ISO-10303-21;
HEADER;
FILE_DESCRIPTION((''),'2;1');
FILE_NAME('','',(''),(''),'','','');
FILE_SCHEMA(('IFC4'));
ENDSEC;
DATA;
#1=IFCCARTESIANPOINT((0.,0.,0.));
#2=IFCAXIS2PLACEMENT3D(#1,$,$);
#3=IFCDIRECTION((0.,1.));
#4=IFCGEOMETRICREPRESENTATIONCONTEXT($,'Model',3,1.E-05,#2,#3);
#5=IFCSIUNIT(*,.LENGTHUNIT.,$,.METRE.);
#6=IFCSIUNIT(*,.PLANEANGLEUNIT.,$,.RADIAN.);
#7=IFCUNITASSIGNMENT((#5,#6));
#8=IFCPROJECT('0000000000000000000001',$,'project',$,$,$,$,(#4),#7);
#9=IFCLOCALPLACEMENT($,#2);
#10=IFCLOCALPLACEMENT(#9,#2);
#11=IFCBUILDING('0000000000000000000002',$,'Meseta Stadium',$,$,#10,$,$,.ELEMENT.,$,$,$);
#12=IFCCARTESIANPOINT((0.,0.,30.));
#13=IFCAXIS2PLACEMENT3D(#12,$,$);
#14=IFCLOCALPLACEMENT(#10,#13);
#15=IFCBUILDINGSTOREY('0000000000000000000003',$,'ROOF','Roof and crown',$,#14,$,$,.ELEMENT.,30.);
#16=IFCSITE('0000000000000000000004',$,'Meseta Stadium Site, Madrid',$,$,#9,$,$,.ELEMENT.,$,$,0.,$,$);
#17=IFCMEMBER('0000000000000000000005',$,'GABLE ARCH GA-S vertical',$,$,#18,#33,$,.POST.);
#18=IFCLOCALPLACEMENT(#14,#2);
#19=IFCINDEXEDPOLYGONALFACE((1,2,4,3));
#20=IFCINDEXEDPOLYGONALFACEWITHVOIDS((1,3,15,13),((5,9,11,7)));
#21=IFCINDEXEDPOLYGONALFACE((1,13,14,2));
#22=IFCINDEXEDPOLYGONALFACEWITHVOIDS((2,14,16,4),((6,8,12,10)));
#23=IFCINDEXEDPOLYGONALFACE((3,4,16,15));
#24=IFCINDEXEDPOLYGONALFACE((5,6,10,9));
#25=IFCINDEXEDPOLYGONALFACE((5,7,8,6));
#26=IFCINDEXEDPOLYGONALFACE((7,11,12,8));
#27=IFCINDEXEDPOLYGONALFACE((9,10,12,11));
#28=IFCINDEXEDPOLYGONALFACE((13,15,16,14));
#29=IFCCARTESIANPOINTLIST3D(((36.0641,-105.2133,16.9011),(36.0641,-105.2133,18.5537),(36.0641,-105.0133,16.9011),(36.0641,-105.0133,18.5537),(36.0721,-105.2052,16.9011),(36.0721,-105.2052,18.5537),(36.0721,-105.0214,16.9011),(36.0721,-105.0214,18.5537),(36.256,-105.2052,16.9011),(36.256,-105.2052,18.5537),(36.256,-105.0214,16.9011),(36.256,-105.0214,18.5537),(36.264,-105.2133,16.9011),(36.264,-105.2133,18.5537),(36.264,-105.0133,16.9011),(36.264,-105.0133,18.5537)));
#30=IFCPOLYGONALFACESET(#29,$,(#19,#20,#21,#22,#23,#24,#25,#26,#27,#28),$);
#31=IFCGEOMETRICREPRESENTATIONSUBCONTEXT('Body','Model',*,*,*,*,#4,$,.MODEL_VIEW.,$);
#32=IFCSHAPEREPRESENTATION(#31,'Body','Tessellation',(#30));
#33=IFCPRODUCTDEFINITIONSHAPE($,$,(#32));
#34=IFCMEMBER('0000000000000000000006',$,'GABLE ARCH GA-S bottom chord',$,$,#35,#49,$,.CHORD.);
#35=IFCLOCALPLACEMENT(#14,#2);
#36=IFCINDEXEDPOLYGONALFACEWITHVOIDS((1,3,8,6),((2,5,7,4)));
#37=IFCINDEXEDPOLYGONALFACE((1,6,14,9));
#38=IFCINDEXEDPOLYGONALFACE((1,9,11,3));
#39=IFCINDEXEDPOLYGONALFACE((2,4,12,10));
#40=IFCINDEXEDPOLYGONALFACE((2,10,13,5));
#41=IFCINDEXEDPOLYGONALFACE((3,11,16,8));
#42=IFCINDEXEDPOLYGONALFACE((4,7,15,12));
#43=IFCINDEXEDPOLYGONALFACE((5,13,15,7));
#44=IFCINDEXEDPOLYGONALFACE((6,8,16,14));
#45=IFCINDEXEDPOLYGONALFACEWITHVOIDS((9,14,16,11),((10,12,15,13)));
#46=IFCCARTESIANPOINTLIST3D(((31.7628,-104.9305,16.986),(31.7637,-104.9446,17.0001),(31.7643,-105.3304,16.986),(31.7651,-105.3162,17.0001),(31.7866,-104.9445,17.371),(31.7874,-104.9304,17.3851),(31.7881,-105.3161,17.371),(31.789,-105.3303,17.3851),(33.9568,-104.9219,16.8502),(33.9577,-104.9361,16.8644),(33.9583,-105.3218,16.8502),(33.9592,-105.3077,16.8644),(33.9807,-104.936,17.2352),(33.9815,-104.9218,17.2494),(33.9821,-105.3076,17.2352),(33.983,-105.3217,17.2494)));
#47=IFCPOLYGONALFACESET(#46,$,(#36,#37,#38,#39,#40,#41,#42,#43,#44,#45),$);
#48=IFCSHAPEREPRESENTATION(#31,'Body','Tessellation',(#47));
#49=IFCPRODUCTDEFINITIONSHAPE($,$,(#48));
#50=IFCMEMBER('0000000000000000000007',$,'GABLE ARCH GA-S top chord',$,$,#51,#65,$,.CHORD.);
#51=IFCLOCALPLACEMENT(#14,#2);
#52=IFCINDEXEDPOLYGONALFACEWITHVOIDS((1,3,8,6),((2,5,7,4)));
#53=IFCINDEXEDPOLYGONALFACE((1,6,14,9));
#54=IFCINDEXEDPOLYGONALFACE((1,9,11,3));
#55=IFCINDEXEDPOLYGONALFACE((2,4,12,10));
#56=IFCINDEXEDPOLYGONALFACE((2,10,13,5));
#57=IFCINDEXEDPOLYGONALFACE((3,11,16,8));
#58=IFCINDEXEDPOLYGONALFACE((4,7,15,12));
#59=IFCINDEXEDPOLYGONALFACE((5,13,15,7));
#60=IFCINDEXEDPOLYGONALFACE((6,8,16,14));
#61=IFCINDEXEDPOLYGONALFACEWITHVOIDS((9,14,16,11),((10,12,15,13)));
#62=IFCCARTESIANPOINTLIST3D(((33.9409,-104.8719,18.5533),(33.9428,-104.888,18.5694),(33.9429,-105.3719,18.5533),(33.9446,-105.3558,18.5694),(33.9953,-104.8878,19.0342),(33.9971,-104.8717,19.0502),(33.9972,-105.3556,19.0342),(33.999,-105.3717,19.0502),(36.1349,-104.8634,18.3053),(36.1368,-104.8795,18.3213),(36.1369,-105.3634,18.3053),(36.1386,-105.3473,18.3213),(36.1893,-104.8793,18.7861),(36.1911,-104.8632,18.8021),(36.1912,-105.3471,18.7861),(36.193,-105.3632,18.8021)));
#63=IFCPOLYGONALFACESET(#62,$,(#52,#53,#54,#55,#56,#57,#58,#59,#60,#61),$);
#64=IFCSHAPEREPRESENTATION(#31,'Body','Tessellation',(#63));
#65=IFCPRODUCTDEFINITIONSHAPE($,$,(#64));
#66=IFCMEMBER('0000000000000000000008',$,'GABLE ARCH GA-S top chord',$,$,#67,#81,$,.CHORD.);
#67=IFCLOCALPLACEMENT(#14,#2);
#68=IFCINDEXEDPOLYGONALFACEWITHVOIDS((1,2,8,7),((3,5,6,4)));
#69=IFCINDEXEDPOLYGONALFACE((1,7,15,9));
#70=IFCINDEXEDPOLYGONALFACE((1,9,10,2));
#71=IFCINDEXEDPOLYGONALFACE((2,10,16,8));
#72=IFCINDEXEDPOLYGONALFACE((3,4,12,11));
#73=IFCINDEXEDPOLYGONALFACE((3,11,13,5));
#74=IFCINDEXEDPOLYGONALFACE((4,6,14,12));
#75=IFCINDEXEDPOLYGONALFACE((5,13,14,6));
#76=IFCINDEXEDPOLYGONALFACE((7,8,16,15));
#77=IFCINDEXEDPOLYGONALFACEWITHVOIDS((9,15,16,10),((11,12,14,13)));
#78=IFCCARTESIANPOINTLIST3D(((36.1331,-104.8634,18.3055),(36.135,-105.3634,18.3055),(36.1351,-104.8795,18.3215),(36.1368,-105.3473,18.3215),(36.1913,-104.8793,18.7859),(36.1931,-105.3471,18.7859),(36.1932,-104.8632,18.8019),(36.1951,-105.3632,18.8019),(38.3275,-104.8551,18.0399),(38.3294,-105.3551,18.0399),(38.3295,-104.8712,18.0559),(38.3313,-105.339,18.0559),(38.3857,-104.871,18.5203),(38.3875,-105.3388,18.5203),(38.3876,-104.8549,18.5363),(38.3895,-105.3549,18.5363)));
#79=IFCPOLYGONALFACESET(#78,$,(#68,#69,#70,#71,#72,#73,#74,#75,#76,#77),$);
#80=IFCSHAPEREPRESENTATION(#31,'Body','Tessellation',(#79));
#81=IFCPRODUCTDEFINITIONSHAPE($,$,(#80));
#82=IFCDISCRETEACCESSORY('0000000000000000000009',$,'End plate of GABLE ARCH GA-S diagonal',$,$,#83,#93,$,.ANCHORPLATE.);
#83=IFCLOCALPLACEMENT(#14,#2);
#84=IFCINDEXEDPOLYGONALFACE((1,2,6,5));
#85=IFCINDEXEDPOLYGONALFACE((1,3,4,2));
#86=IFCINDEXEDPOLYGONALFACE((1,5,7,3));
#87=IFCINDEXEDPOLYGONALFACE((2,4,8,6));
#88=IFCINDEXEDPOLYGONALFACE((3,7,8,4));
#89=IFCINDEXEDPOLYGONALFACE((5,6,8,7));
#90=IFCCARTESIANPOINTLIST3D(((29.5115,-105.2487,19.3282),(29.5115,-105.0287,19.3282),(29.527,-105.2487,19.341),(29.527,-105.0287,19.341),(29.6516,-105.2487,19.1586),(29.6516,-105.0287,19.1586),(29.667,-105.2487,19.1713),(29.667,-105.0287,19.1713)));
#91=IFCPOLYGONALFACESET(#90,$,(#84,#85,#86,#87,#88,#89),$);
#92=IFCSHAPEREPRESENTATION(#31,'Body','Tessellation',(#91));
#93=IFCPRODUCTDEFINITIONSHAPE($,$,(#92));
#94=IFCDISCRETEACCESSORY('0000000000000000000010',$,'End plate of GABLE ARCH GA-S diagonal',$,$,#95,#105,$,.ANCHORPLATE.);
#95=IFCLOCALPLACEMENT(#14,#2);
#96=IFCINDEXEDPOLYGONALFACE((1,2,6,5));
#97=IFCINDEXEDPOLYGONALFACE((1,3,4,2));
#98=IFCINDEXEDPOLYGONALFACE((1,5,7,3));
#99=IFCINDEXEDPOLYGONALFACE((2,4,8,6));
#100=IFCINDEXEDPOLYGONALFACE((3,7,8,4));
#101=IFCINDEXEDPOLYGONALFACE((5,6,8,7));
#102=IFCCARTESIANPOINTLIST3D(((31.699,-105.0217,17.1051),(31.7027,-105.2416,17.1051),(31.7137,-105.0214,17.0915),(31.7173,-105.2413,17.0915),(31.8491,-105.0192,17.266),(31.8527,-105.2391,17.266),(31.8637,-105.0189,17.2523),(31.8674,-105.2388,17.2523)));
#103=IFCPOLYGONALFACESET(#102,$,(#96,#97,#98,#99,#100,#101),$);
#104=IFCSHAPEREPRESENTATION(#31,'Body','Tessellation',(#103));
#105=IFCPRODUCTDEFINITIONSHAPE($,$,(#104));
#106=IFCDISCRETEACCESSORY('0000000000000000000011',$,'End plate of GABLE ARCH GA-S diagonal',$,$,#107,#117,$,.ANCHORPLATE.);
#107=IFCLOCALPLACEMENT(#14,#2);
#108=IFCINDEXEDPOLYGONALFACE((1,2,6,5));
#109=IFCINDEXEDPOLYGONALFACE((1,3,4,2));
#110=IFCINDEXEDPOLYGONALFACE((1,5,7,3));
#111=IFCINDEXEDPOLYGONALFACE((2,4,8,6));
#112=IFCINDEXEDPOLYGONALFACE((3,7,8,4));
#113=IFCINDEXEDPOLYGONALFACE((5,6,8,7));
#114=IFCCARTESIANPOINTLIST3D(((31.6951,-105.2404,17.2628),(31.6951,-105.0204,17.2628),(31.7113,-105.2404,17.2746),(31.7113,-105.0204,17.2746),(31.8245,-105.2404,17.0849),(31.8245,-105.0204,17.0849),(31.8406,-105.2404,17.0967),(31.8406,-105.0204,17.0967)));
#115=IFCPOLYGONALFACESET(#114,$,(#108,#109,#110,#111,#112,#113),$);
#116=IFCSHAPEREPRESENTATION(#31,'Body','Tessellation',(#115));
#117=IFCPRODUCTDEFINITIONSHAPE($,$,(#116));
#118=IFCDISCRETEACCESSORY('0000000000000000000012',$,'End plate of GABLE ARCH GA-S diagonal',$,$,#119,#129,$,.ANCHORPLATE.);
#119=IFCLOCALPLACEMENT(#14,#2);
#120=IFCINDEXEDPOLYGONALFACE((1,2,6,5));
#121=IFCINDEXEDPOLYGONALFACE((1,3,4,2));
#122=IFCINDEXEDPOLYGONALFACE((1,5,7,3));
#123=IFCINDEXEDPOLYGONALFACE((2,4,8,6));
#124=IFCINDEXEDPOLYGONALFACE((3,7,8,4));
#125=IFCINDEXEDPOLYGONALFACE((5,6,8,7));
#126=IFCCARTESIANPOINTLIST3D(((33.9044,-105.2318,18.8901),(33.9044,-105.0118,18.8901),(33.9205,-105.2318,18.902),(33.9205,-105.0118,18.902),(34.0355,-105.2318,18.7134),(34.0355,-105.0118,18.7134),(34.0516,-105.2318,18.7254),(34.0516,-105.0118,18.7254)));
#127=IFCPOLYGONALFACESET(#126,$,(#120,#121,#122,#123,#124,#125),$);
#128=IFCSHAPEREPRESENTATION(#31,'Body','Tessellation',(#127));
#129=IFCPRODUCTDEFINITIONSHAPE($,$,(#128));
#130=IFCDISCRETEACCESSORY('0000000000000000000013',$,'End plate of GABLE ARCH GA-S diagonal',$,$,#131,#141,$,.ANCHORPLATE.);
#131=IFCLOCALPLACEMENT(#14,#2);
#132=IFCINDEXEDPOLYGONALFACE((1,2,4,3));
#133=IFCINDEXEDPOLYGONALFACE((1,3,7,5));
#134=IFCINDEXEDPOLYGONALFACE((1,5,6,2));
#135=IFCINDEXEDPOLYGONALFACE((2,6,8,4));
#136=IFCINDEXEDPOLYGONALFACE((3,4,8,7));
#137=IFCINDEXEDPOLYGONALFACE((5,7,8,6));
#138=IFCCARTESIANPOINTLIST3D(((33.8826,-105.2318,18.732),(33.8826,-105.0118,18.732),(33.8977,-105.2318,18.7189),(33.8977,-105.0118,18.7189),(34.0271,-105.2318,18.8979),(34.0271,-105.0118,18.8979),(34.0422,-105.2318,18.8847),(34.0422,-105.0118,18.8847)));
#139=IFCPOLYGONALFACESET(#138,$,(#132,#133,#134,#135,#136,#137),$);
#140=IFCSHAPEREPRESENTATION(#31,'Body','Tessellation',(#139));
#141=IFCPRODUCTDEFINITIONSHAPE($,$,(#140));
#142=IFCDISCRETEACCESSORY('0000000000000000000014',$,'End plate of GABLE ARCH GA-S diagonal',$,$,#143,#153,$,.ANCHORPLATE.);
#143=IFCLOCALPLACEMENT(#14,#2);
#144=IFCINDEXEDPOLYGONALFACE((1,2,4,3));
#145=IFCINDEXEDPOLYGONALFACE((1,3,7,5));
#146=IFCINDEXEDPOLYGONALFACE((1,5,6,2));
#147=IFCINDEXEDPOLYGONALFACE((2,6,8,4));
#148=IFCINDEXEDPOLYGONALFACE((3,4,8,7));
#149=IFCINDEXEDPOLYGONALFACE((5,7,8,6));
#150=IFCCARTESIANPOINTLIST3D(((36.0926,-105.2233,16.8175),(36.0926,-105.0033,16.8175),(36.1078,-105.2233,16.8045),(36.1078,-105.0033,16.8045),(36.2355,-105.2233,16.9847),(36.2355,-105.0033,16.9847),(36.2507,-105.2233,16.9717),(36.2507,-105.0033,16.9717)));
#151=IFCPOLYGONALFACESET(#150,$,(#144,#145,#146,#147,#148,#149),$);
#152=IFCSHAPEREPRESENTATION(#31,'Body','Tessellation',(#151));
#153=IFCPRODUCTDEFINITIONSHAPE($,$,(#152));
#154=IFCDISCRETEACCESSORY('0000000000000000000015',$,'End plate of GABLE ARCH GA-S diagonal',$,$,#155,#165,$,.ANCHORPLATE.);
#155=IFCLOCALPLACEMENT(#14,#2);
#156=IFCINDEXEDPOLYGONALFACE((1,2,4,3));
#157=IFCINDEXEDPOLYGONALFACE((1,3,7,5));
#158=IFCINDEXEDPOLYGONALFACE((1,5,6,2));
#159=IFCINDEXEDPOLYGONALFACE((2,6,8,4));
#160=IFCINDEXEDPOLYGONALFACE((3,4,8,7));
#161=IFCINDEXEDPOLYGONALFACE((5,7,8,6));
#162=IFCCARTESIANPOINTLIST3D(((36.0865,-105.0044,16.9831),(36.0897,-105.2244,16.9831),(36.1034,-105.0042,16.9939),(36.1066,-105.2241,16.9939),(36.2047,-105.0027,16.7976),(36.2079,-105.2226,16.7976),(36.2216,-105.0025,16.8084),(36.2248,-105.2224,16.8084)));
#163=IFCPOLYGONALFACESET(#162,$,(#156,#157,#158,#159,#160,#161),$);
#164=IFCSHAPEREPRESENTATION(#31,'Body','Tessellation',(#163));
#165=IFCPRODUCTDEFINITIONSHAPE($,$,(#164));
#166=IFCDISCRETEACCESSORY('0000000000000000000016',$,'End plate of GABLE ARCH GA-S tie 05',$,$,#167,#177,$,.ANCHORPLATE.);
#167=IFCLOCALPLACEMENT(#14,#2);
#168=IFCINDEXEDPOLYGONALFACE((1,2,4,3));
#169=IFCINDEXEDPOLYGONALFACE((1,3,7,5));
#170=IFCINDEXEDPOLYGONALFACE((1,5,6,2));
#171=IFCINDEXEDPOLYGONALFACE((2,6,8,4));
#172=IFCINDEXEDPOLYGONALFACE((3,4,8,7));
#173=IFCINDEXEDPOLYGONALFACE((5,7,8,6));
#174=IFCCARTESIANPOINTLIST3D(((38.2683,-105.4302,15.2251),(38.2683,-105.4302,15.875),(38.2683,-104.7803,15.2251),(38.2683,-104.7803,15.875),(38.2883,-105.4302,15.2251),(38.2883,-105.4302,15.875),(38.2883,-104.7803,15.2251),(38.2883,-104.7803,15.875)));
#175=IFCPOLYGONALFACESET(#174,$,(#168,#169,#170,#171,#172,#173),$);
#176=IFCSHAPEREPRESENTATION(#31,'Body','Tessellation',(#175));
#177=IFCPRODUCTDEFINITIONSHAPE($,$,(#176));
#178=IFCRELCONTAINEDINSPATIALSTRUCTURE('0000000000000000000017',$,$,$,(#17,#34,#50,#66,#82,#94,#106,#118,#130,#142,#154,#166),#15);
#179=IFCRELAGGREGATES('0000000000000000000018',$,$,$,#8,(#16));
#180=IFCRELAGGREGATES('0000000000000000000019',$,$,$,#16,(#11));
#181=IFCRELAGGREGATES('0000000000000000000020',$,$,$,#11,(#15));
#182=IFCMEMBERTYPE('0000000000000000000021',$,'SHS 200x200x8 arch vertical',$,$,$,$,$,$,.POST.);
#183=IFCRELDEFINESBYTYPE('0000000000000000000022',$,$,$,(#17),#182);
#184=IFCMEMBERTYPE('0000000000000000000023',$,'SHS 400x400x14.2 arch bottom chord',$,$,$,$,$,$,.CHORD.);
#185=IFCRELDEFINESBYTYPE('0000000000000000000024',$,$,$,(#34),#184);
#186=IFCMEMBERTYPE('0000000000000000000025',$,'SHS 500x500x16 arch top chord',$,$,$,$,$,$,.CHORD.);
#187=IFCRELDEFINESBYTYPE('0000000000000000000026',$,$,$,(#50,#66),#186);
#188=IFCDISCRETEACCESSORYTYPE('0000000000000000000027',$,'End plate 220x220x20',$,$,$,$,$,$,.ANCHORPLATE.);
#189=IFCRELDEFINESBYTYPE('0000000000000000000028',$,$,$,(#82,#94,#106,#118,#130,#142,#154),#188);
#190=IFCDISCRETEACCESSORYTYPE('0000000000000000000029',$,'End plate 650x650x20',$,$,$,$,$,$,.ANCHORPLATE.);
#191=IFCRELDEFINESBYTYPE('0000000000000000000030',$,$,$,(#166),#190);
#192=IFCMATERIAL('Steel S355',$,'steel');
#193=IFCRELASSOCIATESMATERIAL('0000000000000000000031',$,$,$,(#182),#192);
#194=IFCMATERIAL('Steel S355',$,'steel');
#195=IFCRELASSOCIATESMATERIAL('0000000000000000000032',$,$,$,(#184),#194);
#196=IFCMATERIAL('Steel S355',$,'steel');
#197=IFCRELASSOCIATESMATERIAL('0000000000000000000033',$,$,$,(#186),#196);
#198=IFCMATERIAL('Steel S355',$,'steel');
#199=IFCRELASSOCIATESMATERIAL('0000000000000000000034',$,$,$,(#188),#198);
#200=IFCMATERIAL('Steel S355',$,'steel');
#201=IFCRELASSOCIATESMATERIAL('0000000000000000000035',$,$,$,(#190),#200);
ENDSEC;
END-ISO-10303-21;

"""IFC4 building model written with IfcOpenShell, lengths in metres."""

from ifc_helpers import new_model, si_unit, direction, frame, origin, origin_2d, place, context, subcontext, project, spatial, rectangle, hollow_rectangle, extrude, material, material_profile, profile_set, type_object, element, save


model = new_model("IFC4")

# Units and contexts
model_context = context("Model", 3, precision=1e-05, world=origin(), true_north=direction((0.0, 1.0)))
body_context = subcontext(model_context, "Body", "Model", "MODEL_VIEW")
ifc_project = project(units=[si_unit("LENGTHUNIT", "METRE"), si_unit("PLANEANGLEUNIT", "RADIAN")], contexts=[model_context])

# Site, building, storey
site_placement = place(None, origin())
site = spatial("IfcSite", under=ifc_project, at=site_placement, Name="Meseta Stadium Site, Madrid", CompositionType="ELEMENT", RefElevation=0.0)
building_placement = place(site_placement, origin())
building = spatial("IfcBuilding", under=site, at=building_placement, Name="Meseta Stadium", CompositionType="ELEMENT")
storey_placement = place(building_placement, frame((0.0, 0.0, 30.0)))
storey = spatial("IfcBuildingStorey", under=building, at=storey_placement, Name="ROOF", Description="Roof and crown", CompositionType="ELEMENT", Elevation=30.0)

# Members
ifc_material_1 = material(Name="Steel S355", Category="steel")
ifc_material_profile_1 = material_profile(ifc_material_1, hollow_rectangle(XDim=0.2, YDim=0.2, WallThickness=0.0081, at=origin_2d()), Name="SHS 200x200x8")
ifc_profile_set_1 = profile_set([ifc_material_profile_1], Name="Steel S355")
member_type_1 = type_object("IfcMemberType", Name="SHS 200x200x8 arch vertical", PredefinedType="POST", material=ifc_profile_set_1)
member_1_placement = place(storey_placement, frame((36.1641, -105.1133, 16.9011), z_axis=(0.0, 0.0, 1.0), x_axis=(1.0, 0.0, 0.0)))
element("IfcMember", 1, at=member_1_placement, inside=storey, type_object=member_type_1, Name="GABLE ARCH GA-S vertical", PredefinedType="POST", context=body_context, shape_type="SweptSolid", body=[
    extrude(hollow_rectangle(XDim=0.2, YDim=0.2, WallThickness=0.0081, at=origin_2d()), origin(), (0.0, 0.0, 1.0), 1.6526),
])
ifc_material_2 = material(Name="Steel S355", Category="steel")
ifc_material_profile_2 = material_profile(ifc_material_2, hollow_rectangle(XDim=0.3999, YDim=0.3999, WallThickness=0.0142, at=origin_2d()), Name="SHS 400x400x14.2")
ifc_profile_set_2 = profile_set([ifc_material_profile_2], Name="Steel S355")
member_type_2 = type_object("IfcMemberType", Name="SHS 400x400x14.2 arch bottom chord", PredefinedType="CHORD", material=ifc_profile_set_2)
member_2_placement = place(storey_placement, frame((31.7759, -105.1304, 17.1855), z_axis=(0.998084, 0.003887, -0.061749), x_axis=(-0.003894, 0.999992, 0.0)))
element("IfcMember", 2, at=member_2_placement, inside=storey, type_object=member_type_2, Name="GABLE ARCH GA-S bottom chord", PredefinedType="CHORD", context=body_context, shape_type="SweptSolid", body=[
    extrude(hollow_rectangle(XDim=0.3999, YDim=0.3999, WallThickness=0.0142, at=origin_2d()), origin(), (0.0, 0.0, 1.0), 2.1982),
])
ifc_material_3 = material(Name="Steel S355", Category="steel")
ifc_material_profile_3 = material_profile(ifc_material_3, hollow_rectangle(XDim=0.5, YDim=0.5, WallThickness=0.0161, at=origin_2d()), Name="SHS 500x500x16")
ifc_profile_set_3 = profile_set([ifc_material_profile_3], Name="Steel S355")
member_type_3 = type_object("IfcMemberType", Name="SHS 500x500x16 arch top chord", PredefinedType="CHORD", material=ifc_profile_set_3)
member_3_placement = place(storey_placement, frame((33.97, -105.1218, 18.8018), z_axis=(0.993663, 0.00387, -0.112336), x_axis=(-0.003894, 0.999992, 0.0)))
element("IfcMember", 3, at=member_3_placement, inside=storey, type_object=member_type_3, Name="GABLE ARCH GA-S top chord", PredefinedType="CHORD", context=body_context, shape_type="SweptSolid", body=[
    extrude(hollow_rectangle(XDim=0.5, YDim=0.5, WallThickness=0.0161, at=origin_2d()), origin(), (0.0, 0.0, 1.0), 2.208),
])
member_4_placement = place(storey_placement, frame((36.1641, -105.1133, 18.5537), z_axis=(0.992746, 0.003755, -0.120172), x_axis=(-0.003783, 0.999993, 0.0)))
element("IfcMember", 4, at=member_4_placement, inside=storey, type_object=member_type_3, Name="GABLE ARCH GA-S top chord", PredefinedType="CHORD", context=body_context, shape_type="SweptSolid", body=[
    extrude(hollow_rectangle(XDim=0.5, YDim=0.5, WallThickness=0.0161, at=origin_2d()), origin(), (0.0, 0.0, 1.0), 2.2104),
])

# Discrete accessories
ifc_material_4 = material(Name="Steel S355", Category="steel")
ifc_material_profile_4 = material_profile(ifc_material_4, rectangle(XDim=0.22, YDim=0.22, at=origin_2d()), Name="PL 220x220")
ifc_profile_set_4 = profile_set([ifc_material_profile_4], Name="Steel S355")
discrete_accessory_type_1 = type_object("IfcDiscreteAccessoryType", Name="End plate 220x220x20", PredefinedType="ANCHORPLATE", material=ifc_profile_set_4)
for number, where, z_axis, x_axis, name in (
    (5, (29.5815, -105.1387, 19.2434), (0.771223, 0.0, 0.636565), (0.0, 1.0, 0.0), "End plate of GABLE ARCH GA-S diagonal"),
    (6, (31.7759, -105.1304, 17.1855), (0.731001, 0.012183, -0.682268), (-0.016664, 0.999861, 0.0), "End plate of GABLE ARCH GA-S diagonal"),
    (7, (31.7598, -105.1304, 17.1738), (0.808736, 0.0, 0.588172), (0.0, 1.0, 0.0), "End plate of GABLE ARCH GA-S diagonal"),
    (8, (33.97, -105.1218, 18.8018), (0.80291, 0.0, 0.5961), (0.0, 1.0, 0.0), "End plate of GABLE ARCH GA-S diagonal"),
    (9, (33.9548, -105.1218, 18.8149), (0.754082, 0.0, -0.656781), (0.0, 1.0, 0.0), "End plate of GABLE ARCH GA-S diagonal"),
    (10, (36.1641, -105.1133, 16.9011), (0.760121, 0.0, -0.649781), (0.0, 1.0, 0.0), "End plate of GABLE ARCH GA-S diagonal"),
    (11, (36.1472, -105.1135, 16.8904), (0.843095, 0.012219, 0.537626), (-0.014491, 0.999895, 0.0), "End plate of GABLE ARCH GA-S diagonal"),
):
    element("IfcDiscreteAccessory", number, at=place(storey_placement, frame(where, z_axis=z_axis, x_axis=x_axis)), inside=storey, type_object=discrete_accessory_type_1, Name=name, PredefinedType="ANCHORPLATE", context=body_context, shape_type="SweptSolid", body=[
        extrude(rectangle(XDim=0.22, YDim=0.22, at=origin_2d()), origin(), (0.0, 0.0, 1.0), 0.02),
    ])
ifc_material_5 = material(Name="Steel S355", Category="steel")
ifc_material_profile_5 = material_profile(ifc_material_5, rectangle(XDim=0.6499, YDim=0.6499, at=origin_2d()), Name="PL 650x650")
ifc_profile_set_5 = profile_set([ifc_material_profile_5], Name="Steel S355")
discrete_accessory_type_2 = type_object("IfcDiscreteAccessoryType", Name="End plate 650x650x20", PredefinedType="ANCHORPLATE", material=ifc_profile_set_5)
discrete_accessory_placement = place(storey_placement, frame((38.2683, -105.1052, 15.55), z_axis=(1.0, 0.0, 0.0), x_axis=(0.0, 1.0, 0.0)))
element("IfcDiscreteAccessory", 12, at=discrete_accessory_placement, inside=storey, type_object=discrete_accessory_type_2, Name="End plate of GABLE ARCH GA-S tie 05", PredefinedType="ANCHORPLATE", context=body_context, shape_type="SweptSolid", body=[
    extrude(rectangle(XDim=0.6499, YDim=0.6499, at=origin_2d()), origin(), (0.0, 0.0, 1.0), 0.02),
])

save(model, "model.ifc")
